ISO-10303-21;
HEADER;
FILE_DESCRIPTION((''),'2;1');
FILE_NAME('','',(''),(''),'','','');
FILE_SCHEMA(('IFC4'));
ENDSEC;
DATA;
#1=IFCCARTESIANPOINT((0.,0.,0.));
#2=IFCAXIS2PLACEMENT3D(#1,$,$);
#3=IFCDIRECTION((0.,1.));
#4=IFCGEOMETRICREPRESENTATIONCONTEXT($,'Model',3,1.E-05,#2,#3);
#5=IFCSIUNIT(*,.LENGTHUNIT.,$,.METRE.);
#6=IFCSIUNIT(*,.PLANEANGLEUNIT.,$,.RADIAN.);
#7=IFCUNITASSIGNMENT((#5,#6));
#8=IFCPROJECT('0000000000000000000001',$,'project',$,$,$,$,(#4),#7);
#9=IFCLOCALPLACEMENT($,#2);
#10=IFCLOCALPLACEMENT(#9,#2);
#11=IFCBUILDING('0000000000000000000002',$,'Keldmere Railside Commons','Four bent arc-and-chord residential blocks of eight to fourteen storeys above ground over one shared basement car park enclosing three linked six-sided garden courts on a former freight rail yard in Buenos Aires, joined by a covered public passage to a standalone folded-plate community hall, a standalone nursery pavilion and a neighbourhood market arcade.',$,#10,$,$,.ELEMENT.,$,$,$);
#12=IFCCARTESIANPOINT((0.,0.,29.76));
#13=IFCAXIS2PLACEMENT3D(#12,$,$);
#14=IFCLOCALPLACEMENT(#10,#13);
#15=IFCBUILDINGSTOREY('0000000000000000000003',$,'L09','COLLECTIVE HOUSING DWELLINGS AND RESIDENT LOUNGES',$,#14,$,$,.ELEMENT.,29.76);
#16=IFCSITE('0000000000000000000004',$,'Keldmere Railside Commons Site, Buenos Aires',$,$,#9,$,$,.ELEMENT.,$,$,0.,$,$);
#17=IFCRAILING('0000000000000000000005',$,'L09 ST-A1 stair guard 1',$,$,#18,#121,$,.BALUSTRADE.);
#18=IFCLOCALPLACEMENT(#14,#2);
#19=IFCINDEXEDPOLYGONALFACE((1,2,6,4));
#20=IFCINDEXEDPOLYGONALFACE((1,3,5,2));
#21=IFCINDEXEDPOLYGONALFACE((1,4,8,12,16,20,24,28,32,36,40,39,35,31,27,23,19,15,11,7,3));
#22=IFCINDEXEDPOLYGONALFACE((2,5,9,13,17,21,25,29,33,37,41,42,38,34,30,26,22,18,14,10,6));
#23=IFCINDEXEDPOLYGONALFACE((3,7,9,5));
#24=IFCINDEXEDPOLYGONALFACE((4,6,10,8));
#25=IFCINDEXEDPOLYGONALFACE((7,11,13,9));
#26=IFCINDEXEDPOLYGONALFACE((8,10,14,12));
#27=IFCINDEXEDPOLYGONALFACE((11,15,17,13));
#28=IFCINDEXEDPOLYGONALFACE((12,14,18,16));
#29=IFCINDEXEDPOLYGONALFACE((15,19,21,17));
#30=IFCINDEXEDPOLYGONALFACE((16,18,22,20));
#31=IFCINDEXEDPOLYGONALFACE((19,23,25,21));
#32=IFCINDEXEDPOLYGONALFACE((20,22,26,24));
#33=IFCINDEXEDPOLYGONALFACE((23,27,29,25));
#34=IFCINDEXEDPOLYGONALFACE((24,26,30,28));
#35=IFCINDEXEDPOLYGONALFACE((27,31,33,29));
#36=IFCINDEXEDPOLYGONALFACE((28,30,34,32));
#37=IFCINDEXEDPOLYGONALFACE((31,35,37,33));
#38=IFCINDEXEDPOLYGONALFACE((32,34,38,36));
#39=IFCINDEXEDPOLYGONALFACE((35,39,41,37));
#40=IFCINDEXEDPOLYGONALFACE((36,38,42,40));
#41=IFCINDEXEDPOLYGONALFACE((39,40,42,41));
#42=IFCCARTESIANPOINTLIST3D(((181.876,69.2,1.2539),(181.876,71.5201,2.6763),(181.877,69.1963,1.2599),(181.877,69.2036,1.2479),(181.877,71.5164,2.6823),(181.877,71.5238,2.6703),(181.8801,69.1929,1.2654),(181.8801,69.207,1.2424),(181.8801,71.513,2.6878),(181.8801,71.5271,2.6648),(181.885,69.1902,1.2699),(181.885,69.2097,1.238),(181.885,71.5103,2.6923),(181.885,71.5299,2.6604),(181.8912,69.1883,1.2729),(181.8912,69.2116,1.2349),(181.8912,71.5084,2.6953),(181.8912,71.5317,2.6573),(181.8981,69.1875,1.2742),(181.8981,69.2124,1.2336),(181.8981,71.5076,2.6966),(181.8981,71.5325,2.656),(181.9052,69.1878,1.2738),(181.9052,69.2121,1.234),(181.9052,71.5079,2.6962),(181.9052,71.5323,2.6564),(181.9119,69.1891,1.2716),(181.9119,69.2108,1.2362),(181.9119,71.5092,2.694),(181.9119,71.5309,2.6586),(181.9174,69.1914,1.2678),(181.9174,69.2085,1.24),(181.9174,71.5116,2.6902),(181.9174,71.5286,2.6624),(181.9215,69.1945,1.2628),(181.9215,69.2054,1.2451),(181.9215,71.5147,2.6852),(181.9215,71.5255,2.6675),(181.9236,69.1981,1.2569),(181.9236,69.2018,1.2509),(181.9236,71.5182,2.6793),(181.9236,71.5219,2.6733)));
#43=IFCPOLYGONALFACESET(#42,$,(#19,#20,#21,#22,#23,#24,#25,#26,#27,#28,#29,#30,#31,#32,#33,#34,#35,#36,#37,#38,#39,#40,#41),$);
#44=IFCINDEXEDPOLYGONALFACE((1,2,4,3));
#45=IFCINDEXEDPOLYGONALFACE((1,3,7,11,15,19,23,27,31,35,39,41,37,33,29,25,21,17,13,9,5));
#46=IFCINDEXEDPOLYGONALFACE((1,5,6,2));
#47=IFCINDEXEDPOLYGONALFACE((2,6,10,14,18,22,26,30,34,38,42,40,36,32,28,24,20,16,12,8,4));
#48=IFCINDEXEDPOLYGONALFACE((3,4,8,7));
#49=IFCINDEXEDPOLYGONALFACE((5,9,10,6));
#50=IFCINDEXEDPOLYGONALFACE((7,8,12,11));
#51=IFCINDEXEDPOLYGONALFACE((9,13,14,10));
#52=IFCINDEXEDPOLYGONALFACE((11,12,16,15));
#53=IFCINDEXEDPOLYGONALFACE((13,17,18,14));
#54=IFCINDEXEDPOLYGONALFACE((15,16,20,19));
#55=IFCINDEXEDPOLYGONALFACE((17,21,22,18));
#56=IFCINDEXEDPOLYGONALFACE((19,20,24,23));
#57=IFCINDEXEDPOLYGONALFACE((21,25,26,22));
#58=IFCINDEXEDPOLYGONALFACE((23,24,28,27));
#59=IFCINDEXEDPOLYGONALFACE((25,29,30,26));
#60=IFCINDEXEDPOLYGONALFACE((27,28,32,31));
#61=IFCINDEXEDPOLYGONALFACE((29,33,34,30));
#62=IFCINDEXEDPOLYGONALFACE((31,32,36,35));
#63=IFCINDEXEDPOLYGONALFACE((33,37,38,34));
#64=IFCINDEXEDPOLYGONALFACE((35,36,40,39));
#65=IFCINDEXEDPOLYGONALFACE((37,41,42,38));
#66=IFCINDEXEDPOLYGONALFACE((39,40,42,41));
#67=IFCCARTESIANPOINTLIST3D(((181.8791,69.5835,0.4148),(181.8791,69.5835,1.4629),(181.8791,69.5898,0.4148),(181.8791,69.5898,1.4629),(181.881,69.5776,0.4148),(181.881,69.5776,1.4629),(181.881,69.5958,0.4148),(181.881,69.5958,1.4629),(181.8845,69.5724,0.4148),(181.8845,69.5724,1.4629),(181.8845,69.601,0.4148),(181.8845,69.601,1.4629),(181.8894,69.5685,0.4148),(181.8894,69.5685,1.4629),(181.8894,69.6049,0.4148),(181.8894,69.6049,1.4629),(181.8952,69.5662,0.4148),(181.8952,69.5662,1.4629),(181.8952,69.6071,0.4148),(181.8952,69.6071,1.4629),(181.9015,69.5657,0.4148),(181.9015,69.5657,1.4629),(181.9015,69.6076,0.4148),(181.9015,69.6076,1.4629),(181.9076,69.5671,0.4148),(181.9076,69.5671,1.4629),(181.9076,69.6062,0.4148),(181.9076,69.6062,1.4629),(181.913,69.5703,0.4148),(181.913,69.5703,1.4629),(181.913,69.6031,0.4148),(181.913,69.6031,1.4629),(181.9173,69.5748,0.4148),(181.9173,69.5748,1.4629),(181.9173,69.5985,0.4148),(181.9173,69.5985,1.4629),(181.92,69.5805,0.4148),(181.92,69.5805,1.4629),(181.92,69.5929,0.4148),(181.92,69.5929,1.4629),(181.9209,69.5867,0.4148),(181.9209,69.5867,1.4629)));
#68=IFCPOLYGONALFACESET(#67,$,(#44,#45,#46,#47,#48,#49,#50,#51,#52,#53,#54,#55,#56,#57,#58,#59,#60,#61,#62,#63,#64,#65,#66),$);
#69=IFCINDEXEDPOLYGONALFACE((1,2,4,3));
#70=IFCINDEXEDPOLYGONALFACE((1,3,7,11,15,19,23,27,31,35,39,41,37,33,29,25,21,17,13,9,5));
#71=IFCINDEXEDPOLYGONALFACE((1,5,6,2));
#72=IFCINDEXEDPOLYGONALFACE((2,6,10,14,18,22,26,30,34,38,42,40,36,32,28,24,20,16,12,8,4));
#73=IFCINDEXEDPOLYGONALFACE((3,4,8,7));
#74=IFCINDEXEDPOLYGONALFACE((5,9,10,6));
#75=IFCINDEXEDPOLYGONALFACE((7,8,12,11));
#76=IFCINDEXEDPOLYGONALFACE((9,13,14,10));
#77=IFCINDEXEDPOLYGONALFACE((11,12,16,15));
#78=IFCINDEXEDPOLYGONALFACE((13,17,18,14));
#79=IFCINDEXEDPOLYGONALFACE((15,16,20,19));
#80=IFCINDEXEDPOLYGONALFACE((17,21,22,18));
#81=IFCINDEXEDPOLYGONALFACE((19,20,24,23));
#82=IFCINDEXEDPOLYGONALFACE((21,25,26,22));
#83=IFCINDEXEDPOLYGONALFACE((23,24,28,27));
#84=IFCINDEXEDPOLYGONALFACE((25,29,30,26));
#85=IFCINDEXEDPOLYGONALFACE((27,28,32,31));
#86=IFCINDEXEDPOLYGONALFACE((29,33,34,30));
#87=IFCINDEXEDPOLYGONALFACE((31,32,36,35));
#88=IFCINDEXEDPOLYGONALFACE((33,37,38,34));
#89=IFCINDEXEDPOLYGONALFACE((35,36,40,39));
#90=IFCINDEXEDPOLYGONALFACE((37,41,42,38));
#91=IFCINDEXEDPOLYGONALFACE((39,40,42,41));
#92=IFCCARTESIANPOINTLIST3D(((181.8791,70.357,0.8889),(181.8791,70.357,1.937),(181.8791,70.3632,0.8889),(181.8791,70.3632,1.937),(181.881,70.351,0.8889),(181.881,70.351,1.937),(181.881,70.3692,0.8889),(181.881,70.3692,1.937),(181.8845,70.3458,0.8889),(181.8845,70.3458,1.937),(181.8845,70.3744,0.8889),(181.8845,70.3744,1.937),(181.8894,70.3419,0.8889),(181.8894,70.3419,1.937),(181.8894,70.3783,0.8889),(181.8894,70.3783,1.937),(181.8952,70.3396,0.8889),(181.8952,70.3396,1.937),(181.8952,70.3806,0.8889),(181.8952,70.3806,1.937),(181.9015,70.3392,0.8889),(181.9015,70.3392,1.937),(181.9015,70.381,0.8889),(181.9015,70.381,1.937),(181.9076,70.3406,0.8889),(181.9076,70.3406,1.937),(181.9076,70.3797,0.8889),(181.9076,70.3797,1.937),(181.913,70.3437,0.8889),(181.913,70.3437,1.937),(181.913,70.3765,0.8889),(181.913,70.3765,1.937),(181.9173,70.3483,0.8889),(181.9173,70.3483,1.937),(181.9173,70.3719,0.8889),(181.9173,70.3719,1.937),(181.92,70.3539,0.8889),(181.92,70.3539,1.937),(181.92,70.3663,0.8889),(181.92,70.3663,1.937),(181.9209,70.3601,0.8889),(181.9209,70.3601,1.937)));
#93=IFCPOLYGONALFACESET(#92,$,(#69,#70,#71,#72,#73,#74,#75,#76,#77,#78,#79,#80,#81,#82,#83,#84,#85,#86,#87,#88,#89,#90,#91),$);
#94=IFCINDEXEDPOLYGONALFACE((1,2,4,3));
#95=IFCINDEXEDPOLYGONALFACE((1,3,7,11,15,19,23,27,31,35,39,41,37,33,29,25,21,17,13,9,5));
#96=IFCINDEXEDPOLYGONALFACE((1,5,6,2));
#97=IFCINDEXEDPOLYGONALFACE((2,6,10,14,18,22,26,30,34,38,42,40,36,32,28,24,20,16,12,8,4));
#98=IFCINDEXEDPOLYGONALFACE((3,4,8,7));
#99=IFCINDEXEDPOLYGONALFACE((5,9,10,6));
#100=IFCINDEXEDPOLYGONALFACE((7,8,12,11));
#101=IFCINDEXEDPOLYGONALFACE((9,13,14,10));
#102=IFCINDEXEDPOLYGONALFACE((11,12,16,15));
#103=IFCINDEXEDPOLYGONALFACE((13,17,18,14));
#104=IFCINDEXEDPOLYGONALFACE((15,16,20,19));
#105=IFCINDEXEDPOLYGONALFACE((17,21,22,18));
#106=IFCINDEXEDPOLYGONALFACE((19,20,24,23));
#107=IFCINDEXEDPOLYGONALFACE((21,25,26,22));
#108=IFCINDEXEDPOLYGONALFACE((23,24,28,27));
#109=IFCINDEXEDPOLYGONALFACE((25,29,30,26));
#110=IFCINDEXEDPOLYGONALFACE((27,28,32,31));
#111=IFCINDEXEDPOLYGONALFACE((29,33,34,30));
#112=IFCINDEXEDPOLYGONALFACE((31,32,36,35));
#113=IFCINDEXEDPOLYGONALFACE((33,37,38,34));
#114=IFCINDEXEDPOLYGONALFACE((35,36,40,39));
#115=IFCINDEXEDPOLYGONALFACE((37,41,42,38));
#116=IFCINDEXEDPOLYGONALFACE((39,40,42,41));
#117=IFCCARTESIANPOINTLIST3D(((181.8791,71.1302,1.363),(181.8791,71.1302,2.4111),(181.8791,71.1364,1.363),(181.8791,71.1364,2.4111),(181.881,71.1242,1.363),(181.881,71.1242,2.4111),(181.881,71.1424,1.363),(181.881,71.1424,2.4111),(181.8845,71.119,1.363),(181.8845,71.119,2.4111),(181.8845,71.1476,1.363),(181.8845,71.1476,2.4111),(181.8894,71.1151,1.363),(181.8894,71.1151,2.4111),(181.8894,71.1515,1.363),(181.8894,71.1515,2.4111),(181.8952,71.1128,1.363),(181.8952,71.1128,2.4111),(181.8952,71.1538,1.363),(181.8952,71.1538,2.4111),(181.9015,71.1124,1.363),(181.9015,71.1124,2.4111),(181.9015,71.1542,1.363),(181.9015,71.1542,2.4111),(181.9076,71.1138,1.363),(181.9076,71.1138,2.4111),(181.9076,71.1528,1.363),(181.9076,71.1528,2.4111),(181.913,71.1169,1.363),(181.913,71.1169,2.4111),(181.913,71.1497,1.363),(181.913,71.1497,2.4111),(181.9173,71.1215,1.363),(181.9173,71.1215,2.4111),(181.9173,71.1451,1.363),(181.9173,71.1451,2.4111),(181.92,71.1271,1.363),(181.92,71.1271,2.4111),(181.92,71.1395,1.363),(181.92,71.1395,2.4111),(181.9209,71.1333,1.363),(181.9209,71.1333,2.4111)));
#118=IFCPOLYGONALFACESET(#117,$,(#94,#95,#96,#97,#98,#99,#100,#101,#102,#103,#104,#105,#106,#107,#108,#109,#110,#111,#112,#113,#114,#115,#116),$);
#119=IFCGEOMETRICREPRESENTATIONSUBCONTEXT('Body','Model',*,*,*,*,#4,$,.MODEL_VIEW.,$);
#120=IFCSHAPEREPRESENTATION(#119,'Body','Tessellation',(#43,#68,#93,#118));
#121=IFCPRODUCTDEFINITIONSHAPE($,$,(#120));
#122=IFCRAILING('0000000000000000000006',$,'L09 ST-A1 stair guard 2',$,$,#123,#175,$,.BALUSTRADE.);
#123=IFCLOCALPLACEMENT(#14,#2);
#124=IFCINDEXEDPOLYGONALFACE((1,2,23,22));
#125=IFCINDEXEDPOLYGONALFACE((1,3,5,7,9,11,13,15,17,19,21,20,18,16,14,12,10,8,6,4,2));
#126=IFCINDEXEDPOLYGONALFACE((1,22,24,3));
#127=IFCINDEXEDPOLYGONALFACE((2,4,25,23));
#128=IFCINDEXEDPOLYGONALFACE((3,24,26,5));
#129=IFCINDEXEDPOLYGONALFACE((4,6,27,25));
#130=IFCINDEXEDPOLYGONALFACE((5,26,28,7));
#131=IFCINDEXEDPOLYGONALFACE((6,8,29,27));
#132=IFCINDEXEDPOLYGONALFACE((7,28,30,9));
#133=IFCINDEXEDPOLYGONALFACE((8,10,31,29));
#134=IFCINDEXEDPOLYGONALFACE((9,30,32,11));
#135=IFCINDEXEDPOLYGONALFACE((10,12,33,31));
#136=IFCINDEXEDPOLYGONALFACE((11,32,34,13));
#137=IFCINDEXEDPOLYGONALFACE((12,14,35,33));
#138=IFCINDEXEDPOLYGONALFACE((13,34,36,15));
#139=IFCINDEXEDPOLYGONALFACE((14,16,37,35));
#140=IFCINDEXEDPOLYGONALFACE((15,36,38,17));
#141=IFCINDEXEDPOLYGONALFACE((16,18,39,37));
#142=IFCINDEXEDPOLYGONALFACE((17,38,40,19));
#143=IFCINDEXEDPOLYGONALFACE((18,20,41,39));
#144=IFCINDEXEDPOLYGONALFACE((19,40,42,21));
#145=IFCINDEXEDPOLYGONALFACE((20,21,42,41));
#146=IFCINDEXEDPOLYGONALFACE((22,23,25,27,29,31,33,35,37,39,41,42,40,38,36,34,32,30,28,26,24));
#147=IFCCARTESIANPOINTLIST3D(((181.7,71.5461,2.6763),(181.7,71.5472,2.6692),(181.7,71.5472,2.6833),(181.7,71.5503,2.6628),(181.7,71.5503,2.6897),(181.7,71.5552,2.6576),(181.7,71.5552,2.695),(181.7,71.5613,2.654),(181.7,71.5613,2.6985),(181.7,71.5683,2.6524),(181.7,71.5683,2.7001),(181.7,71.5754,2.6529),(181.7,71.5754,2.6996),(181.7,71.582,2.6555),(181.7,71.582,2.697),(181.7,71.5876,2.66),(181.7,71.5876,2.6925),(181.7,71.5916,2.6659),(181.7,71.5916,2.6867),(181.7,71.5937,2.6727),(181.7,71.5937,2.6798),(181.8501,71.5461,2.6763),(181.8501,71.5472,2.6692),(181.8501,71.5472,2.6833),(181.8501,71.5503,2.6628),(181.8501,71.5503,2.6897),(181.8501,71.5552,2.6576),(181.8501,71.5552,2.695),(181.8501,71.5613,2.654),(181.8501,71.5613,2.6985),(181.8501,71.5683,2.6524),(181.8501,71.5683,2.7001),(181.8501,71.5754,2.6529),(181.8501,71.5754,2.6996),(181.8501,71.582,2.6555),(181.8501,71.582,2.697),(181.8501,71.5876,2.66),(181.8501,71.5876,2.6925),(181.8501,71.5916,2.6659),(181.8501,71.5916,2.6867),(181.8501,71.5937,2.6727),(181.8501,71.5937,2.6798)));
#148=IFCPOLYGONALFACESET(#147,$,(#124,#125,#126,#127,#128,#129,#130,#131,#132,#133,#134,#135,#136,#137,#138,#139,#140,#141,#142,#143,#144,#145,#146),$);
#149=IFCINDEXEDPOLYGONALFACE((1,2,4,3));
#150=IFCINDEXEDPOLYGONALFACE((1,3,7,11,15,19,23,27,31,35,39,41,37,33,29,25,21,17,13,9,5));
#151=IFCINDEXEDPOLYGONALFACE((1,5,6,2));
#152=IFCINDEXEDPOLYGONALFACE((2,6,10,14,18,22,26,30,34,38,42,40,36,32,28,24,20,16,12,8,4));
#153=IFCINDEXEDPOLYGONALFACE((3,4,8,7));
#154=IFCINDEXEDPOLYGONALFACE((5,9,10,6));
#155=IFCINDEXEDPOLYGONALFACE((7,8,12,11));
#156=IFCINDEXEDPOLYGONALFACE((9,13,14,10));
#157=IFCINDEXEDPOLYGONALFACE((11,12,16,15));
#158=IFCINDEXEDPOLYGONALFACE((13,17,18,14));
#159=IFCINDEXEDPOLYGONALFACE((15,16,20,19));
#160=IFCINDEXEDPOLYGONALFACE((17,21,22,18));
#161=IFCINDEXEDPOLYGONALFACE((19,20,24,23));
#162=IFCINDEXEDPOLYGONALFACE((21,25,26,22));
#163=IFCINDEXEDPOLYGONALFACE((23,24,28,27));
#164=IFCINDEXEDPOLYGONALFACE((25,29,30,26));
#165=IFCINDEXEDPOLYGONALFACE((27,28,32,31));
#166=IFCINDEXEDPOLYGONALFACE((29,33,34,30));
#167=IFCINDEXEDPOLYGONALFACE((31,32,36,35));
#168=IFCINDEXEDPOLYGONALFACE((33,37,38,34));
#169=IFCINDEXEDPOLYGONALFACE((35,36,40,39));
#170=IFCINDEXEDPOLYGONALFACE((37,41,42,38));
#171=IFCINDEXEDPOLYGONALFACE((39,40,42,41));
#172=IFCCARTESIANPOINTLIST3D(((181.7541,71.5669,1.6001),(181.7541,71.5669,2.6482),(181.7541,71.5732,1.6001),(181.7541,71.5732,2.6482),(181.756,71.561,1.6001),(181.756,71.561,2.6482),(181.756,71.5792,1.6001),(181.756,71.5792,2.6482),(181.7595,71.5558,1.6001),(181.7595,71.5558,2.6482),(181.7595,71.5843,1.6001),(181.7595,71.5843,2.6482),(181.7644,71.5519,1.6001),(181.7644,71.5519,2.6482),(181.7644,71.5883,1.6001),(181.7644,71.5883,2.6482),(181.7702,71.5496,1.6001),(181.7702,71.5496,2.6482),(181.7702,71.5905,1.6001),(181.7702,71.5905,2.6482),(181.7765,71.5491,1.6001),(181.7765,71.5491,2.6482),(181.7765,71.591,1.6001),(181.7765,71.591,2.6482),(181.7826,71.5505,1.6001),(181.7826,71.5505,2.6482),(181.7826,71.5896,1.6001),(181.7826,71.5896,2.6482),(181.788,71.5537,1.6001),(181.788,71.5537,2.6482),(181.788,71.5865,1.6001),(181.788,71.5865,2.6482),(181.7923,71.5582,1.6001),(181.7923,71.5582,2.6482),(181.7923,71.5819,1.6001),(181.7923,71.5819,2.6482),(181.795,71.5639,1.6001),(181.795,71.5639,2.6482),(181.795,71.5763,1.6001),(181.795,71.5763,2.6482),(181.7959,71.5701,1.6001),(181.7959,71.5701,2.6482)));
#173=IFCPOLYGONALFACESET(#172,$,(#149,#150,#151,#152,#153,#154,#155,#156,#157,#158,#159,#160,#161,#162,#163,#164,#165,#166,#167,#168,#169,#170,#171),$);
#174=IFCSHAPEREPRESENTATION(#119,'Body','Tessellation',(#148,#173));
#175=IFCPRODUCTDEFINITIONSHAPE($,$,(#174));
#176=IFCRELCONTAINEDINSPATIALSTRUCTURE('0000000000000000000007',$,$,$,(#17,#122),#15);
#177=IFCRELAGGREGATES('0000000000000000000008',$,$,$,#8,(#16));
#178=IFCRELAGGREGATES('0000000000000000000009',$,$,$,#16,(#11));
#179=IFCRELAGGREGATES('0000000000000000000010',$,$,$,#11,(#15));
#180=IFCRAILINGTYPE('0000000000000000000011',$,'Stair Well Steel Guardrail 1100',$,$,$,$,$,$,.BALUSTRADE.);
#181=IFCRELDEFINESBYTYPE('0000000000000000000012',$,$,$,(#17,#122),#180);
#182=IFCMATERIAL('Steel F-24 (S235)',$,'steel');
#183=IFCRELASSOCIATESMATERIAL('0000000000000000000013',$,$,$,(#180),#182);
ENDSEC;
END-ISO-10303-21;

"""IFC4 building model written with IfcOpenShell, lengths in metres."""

from ifc_helpers import new_model, si_unit, direction, frame, origin, origin_2d, place, context, subcontext, project, spatial, circle, extrude, material, type_object, element, save


model = new_model("IFC4")

# Units and contexts
model_context = context("Model", 3, precision=1e-05, world=origin(), true_north=direction((0.0, 1.0)))
body_context = subcontext(model_context, "Body", "Model", "MODEL_VIEW")
ifc_project = project(units=[si_unit("LENGTHUNIT", "METRE"), si_unit("PLANEANGLEUNIT", "RADIAN")], contexts=[model_context])

# Site, building, storey
site_placement = place(None, origin())
site = spatial("IfcSite", under=ifc_project, at=site_placement, Name="Keldmere Railside Commons Site, Buenos Aires", CompositionType="ELEMENT", RefElevation=0.0)
building_placement = place(site_placement, origin())
building = spatial("IfcBuilding", under=site, at=building_placement, Name="Keldmere Railside Commons", Description="Four bent arc-and-chord residential blocks of eight to fourteen storeys above ground over one shared basement car park enclosing three linked six-sided garden courts on a former freight rail yard in Buenos Aires, joined by a covered public passage to a standalone folded-plate community hall, a standalone nursery pavilion and a neighbourhood market arcade.", CompositionType="ELEMENT")
storey_placement = place(building_placement, frame((0.0, 0.0, 29.76)))
storey = spatial("IfcBuildingStorey", under=building, at=storey_placement, Name="L09", Description="COLLECTIVE HOUSING DWELLINGS AND RESIDENT LOUNGES", CompositionType="ELEMENT", Elevation=29.76)

# Shared definitions
ifc_material_1 = material(Name="Steel F-24 (S235)", Category="steel")

# Railings
railing_type_1 = type_object("IfcRailingType", Name="Stair Well Steel Guardrail 1100", PredefinedType="BALUSTRADE", material=ifc_material_1)
railing_1_placement = place(storey_placement, frame((181.8999, 69.2, 0.1777)))
element("IfcRailing", 1, at=railing_1_placement, inside=storey, type_object=railing_type_1, Name="L09 ST-A1 stair guard 1", PredefinedType="BALUSTRADE", context=body_context, shape_type="SweptSolid", body=[
    extrude(circle(Radius=0.0239, at=origin_2d()), frame((0.0, 0.0, 1.0762), z_axis=(0.0, 0.852538, 0.522665), x_axis=(-1.0, 0.0, 0.0)), (0.0, 0.0, 1.0), 2.7214),
    extrude(circle(Radius=0.021, at=origin_2d()), frame((0.0, 0.3867, 0.2371)), (0.0, 0.0, 1.0), 1.0481),
    extrude(circle(Radius=0.021, at=origin_2d()), frame((0.0, 1.1602, 0.7112)), (0.0, 0.0, 1.0), 1.0481),
    extrude(circle(Radius=0.021, at=origin_2d()), frame((0.0, 1.9333, 1.1853)), (0.0, 0.0, 1.0), 1.0481),
])
railing_2_placement = place(storey_placement, frame((181.8501, 71.5701, 1.6001)))
element("IfcRailing", 2, at=railing_2_placement, inside=storey, type_object=railing_type_1, Name="L09 ST-A1 stair guard 2", PredefinedType="BALUSTRADE", context=body_context, shape_type="SweptSolid", body=[
    extrude(circle(Radius=0.0239, at=origin_2d()), frame((0.0, 0.0, 1.0762), z_axis=(-1.0, 0.0, 0.0), x_axis=(0.0, -1.0, 0.0)), (0.0, 0.0, 1.0), 0.1501),
    extrude(circle(Radius=0.021, at=origin_2d()), frame((-0.0752, 0.0, 0.0)), (0.0, 0.0, 1.0), 1.0481),
])

save(model, "model.ifc")
